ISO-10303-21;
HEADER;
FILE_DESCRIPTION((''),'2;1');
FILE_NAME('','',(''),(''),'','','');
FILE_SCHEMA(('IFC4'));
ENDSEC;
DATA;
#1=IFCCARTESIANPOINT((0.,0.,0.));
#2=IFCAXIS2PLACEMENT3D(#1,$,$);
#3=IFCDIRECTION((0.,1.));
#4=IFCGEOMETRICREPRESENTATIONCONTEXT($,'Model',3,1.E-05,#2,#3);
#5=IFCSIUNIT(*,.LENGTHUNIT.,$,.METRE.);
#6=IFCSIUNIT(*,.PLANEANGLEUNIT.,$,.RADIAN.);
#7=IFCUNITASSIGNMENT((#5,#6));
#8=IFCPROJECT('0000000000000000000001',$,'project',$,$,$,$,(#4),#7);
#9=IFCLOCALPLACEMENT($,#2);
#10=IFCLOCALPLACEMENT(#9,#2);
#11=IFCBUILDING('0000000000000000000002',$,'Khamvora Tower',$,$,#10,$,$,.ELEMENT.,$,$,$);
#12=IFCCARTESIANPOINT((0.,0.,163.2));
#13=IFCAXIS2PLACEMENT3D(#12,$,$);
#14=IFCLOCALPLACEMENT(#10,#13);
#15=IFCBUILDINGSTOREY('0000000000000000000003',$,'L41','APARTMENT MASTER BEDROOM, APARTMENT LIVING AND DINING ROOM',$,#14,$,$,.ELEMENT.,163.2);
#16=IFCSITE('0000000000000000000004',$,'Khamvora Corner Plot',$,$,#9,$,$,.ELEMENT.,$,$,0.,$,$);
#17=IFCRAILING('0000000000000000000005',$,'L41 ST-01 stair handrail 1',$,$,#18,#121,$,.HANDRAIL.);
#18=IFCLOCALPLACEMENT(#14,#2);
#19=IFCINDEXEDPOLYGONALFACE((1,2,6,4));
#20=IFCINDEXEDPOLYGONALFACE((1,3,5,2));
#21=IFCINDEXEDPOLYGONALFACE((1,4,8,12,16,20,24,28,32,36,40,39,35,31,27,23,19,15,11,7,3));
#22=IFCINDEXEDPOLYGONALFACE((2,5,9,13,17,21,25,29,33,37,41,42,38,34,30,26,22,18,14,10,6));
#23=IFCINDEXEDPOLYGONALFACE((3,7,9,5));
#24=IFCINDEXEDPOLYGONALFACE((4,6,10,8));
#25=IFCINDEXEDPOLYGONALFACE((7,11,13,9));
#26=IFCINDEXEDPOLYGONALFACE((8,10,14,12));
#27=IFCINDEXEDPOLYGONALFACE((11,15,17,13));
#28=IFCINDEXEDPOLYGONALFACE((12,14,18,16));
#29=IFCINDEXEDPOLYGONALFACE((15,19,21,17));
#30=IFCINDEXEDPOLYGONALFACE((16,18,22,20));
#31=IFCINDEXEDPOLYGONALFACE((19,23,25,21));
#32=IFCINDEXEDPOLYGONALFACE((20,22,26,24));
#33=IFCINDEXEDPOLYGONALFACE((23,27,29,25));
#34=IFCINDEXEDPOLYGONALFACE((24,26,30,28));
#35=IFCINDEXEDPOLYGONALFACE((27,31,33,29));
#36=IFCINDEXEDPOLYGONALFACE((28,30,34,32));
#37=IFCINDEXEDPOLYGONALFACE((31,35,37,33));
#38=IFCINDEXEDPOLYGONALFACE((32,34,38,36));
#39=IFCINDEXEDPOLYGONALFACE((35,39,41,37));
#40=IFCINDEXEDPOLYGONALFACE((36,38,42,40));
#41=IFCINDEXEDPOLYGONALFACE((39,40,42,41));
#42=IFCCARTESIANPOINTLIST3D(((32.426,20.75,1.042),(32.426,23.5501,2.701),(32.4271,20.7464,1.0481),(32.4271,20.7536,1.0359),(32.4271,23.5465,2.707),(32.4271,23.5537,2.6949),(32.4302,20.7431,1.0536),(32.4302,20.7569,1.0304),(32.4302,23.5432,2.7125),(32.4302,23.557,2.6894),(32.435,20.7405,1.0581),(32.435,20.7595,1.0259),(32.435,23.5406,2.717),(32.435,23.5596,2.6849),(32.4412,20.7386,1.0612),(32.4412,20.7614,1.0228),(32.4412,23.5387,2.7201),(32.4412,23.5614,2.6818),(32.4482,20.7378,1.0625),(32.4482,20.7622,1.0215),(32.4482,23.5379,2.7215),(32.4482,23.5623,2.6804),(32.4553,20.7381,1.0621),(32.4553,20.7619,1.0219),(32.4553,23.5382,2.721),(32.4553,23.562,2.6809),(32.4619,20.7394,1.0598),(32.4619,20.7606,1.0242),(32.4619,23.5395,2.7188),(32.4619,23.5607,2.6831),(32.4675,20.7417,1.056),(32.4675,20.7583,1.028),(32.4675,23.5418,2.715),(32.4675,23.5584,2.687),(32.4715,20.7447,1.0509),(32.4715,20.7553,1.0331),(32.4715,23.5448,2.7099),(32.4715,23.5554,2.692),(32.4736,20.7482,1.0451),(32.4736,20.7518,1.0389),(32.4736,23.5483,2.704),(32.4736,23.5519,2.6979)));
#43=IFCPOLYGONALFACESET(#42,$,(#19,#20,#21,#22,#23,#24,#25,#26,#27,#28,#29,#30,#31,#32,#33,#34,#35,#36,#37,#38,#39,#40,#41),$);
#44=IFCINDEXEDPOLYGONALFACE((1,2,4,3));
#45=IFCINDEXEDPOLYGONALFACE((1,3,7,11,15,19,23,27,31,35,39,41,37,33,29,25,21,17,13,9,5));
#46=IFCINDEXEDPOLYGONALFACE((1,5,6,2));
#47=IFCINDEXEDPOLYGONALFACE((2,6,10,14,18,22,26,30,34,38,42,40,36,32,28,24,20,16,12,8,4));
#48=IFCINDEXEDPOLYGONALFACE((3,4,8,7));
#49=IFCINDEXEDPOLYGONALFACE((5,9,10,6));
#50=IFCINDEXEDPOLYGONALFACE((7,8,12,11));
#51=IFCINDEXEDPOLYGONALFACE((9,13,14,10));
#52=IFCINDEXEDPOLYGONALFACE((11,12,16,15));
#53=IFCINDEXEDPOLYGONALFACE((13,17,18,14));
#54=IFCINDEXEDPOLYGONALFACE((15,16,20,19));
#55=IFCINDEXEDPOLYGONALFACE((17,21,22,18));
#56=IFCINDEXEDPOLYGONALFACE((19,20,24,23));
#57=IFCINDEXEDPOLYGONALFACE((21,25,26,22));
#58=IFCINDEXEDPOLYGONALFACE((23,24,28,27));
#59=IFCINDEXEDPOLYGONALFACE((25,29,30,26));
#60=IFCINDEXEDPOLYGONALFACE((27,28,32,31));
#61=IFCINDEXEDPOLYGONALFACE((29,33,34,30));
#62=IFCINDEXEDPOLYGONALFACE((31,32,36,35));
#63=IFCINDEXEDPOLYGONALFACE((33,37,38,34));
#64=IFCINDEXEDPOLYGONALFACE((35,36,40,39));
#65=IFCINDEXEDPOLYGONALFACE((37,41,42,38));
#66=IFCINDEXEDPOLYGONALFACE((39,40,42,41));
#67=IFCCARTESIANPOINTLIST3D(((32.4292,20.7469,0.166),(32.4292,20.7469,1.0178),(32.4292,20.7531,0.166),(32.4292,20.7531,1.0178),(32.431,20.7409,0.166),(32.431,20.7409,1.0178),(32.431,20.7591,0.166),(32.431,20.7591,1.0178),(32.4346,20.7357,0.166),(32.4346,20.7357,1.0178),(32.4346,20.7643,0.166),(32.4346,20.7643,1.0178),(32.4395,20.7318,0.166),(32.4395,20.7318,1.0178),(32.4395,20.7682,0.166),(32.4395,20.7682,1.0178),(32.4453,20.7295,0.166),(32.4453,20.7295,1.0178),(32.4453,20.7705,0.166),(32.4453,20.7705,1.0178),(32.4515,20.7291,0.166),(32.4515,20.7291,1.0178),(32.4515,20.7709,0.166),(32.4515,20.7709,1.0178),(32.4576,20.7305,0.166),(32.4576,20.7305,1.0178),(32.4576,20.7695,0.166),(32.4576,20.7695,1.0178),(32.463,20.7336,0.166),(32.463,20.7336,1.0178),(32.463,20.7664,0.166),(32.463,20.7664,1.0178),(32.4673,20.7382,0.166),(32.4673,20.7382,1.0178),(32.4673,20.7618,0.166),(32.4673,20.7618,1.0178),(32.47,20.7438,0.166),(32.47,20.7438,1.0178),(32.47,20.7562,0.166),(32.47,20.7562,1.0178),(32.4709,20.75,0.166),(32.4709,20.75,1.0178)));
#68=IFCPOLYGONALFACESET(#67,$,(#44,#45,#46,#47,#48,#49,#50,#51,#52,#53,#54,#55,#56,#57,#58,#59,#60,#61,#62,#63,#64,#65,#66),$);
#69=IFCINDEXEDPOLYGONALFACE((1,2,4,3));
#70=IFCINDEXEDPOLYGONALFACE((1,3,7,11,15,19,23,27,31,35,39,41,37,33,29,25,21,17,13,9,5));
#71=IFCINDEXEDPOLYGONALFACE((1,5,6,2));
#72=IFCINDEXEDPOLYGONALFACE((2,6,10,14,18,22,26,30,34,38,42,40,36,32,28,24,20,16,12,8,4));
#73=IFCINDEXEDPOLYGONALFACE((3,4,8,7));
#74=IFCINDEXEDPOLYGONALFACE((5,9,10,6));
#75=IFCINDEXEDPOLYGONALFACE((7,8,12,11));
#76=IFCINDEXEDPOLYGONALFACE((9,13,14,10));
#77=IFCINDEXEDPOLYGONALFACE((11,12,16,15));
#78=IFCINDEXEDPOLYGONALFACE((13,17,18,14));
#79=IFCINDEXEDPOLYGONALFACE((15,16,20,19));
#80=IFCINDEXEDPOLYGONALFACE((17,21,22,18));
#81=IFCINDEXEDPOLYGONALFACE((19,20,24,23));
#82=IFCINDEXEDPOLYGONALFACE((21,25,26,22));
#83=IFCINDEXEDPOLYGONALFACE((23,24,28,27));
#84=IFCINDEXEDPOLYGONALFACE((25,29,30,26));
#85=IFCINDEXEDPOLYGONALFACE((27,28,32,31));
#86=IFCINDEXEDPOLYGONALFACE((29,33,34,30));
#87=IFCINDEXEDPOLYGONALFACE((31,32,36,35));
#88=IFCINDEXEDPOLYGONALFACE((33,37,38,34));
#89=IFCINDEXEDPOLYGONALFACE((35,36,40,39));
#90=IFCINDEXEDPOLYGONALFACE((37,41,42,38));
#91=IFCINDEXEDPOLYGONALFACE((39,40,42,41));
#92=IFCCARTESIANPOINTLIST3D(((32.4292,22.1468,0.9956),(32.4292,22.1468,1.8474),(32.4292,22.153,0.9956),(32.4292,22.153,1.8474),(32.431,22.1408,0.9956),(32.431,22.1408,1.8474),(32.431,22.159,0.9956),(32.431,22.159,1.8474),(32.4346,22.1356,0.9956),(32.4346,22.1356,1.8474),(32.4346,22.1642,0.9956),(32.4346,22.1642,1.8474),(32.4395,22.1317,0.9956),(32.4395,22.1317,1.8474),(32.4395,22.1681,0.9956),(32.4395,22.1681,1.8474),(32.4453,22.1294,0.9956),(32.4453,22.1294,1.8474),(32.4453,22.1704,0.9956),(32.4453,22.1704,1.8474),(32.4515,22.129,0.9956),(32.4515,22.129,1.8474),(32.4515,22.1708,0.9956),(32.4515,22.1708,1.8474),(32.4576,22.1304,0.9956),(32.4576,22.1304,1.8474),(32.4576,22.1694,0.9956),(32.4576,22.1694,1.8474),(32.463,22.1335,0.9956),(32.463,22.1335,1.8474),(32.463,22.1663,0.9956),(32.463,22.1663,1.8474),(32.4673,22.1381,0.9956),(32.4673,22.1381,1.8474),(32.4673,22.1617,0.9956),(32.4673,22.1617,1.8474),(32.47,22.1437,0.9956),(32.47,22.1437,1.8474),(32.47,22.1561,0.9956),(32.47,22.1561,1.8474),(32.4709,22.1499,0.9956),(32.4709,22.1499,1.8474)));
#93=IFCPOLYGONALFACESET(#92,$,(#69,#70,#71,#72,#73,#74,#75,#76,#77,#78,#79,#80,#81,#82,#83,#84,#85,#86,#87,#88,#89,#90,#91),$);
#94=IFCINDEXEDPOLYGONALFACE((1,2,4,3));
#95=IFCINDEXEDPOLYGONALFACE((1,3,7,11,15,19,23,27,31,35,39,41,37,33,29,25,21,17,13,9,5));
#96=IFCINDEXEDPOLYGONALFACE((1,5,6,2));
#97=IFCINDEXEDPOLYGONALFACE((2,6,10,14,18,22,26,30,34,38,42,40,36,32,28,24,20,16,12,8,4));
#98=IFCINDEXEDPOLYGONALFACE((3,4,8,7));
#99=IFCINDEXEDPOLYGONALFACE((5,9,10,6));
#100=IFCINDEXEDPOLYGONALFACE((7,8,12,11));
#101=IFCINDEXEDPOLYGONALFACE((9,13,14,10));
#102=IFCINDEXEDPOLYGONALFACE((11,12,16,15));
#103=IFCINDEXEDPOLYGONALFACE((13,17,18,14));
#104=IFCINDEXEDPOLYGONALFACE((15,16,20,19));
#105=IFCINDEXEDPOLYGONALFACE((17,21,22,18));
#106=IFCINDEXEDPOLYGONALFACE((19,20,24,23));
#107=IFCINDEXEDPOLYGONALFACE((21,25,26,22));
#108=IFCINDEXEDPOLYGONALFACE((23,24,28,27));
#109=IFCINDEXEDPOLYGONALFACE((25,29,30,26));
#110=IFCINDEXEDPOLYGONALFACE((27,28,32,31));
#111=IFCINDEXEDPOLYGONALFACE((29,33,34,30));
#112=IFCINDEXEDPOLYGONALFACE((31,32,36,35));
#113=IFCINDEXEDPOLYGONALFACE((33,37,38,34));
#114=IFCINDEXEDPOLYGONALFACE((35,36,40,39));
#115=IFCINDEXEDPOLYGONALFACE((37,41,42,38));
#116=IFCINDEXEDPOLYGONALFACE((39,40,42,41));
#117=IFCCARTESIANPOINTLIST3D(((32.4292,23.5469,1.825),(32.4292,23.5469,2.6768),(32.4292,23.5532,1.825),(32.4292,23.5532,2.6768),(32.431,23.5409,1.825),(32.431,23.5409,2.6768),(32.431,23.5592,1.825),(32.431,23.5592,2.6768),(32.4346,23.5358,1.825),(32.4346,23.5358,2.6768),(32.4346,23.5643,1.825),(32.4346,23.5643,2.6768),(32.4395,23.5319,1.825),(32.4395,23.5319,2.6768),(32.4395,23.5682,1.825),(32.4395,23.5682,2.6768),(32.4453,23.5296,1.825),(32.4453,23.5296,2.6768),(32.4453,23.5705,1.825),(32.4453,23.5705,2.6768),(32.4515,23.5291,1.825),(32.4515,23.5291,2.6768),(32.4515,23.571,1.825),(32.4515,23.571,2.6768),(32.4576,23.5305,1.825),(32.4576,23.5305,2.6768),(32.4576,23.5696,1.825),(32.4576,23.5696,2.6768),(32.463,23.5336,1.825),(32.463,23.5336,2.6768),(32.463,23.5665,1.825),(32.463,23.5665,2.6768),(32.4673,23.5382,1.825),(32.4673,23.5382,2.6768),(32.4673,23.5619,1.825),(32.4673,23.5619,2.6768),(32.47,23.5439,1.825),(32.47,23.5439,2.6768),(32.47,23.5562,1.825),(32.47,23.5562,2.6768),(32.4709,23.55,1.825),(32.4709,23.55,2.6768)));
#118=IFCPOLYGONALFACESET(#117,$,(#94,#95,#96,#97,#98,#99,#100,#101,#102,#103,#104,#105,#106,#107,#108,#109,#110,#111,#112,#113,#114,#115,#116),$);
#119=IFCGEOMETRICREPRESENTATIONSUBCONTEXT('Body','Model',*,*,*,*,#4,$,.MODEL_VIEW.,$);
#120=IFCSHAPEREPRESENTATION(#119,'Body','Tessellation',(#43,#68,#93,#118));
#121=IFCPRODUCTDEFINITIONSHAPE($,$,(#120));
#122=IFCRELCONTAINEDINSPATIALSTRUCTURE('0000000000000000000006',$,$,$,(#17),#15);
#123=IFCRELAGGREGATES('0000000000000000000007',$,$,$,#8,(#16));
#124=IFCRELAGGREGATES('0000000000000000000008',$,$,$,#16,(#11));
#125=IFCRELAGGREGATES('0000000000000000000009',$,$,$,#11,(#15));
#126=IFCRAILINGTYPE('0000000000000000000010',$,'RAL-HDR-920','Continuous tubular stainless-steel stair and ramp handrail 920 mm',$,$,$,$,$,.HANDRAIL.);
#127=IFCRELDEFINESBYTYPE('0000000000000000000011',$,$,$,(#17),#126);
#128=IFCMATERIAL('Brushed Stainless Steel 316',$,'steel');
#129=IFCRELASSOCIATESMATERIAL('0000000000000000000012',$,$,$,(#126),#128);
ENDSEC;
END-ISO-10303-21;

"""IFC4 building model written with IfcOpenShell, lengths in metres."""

from ifc_helpers import new_model, si_unit, direction, frame, origin, origin_2d, place, context, subcontext, project, spatial, circle, extrude, material, type_object, element, save


model = new_model("IFC4")

# Units and contexts
model_context = context("Model", 3, precision=1e-05, world=origin(), true_north=direction((0.0, 1.0)))
body_context = subcontext(model_context, "Body", "Model", "MODEL_VIEW")
ifc_project = project(units=[si_unit("LENGTHUNIT", "METRE"), si_unit("PLANEANGLEUNIT", "RADIAN")], contexts=[model_context])

# Site, building, storey
site_placement = place(None, origin())
site = spatial("IfcSite", under=ifc_project, at=site_placement, Name="Khamvora Corner Plot", CompositionType="ELEMENT", RefElevation=0.0)
building_placement = place(site_placement, origin())
building = spatial("IfcBuilding", under=site, at=building_placement, Name="Khamvora Tower", CompositionType="ELEMENT")
storey_placement = place(building_placement, frame((0.0, 0.0, 163.2)))
storey = spatial("IfcBuildingStorey", under=building, at=storey_placement, Name="L41", Description="APARTMENT MASTER BEDROOM, APARTMENT LIVING AND DINING ROOM", CompositionType="ELEMENT", Elevation=163.2)

# Railing
ifc_material_1 = material(Name="Brushed Stainless Steel 316", Category="steel")
railing_type_1 = type_object("IfcRailingType", Name="RAL-HDR-920", Description="Continuous tubular stainless-steel stair and ramp handrail 920 mm", PredefinedType="HANDRAIL", material=ifc_material_1)
railing_1_placement = place(storey_placement, frame((32.45, 20.75, 0.166)))
element("IfcRailing", 1, at=railing_1_placement, inside=storey, type_object=railing_type_1, Name="L41 ST-01 stair handrail 1", PredefinedType="HANDRAIL", context=body_context, shape_type="SweptSolid", body=[
    extrude(circle(Radius=0.0239, at=origin_2d()), frame((0.0, 0.0, 0.876), z_axis=(0.0, 0.860339, 0.509722), x_axis=(-1.0, 0.0, 0.0)), (0.0, 0.0, 1.0), 3.2546),
    extrude(circle(Radius=0.021, at=origin_2d()), origin(), (0.0, 0.0, 1.0), 0.8518),
    extrude(circle(Radius=0.021, at=origin_2d()), frame((0.0, 1.3999, 0.8296)), (0.0, 0.0, 1.0), 0.8518),
    extrude(circle(Radius=0.021, at=origin_2d()), frame((0.0, 2.8, 1.6589)), (0.0, 0.0, 1.0), 0.8518),
])

save(model, "model.ifc")
